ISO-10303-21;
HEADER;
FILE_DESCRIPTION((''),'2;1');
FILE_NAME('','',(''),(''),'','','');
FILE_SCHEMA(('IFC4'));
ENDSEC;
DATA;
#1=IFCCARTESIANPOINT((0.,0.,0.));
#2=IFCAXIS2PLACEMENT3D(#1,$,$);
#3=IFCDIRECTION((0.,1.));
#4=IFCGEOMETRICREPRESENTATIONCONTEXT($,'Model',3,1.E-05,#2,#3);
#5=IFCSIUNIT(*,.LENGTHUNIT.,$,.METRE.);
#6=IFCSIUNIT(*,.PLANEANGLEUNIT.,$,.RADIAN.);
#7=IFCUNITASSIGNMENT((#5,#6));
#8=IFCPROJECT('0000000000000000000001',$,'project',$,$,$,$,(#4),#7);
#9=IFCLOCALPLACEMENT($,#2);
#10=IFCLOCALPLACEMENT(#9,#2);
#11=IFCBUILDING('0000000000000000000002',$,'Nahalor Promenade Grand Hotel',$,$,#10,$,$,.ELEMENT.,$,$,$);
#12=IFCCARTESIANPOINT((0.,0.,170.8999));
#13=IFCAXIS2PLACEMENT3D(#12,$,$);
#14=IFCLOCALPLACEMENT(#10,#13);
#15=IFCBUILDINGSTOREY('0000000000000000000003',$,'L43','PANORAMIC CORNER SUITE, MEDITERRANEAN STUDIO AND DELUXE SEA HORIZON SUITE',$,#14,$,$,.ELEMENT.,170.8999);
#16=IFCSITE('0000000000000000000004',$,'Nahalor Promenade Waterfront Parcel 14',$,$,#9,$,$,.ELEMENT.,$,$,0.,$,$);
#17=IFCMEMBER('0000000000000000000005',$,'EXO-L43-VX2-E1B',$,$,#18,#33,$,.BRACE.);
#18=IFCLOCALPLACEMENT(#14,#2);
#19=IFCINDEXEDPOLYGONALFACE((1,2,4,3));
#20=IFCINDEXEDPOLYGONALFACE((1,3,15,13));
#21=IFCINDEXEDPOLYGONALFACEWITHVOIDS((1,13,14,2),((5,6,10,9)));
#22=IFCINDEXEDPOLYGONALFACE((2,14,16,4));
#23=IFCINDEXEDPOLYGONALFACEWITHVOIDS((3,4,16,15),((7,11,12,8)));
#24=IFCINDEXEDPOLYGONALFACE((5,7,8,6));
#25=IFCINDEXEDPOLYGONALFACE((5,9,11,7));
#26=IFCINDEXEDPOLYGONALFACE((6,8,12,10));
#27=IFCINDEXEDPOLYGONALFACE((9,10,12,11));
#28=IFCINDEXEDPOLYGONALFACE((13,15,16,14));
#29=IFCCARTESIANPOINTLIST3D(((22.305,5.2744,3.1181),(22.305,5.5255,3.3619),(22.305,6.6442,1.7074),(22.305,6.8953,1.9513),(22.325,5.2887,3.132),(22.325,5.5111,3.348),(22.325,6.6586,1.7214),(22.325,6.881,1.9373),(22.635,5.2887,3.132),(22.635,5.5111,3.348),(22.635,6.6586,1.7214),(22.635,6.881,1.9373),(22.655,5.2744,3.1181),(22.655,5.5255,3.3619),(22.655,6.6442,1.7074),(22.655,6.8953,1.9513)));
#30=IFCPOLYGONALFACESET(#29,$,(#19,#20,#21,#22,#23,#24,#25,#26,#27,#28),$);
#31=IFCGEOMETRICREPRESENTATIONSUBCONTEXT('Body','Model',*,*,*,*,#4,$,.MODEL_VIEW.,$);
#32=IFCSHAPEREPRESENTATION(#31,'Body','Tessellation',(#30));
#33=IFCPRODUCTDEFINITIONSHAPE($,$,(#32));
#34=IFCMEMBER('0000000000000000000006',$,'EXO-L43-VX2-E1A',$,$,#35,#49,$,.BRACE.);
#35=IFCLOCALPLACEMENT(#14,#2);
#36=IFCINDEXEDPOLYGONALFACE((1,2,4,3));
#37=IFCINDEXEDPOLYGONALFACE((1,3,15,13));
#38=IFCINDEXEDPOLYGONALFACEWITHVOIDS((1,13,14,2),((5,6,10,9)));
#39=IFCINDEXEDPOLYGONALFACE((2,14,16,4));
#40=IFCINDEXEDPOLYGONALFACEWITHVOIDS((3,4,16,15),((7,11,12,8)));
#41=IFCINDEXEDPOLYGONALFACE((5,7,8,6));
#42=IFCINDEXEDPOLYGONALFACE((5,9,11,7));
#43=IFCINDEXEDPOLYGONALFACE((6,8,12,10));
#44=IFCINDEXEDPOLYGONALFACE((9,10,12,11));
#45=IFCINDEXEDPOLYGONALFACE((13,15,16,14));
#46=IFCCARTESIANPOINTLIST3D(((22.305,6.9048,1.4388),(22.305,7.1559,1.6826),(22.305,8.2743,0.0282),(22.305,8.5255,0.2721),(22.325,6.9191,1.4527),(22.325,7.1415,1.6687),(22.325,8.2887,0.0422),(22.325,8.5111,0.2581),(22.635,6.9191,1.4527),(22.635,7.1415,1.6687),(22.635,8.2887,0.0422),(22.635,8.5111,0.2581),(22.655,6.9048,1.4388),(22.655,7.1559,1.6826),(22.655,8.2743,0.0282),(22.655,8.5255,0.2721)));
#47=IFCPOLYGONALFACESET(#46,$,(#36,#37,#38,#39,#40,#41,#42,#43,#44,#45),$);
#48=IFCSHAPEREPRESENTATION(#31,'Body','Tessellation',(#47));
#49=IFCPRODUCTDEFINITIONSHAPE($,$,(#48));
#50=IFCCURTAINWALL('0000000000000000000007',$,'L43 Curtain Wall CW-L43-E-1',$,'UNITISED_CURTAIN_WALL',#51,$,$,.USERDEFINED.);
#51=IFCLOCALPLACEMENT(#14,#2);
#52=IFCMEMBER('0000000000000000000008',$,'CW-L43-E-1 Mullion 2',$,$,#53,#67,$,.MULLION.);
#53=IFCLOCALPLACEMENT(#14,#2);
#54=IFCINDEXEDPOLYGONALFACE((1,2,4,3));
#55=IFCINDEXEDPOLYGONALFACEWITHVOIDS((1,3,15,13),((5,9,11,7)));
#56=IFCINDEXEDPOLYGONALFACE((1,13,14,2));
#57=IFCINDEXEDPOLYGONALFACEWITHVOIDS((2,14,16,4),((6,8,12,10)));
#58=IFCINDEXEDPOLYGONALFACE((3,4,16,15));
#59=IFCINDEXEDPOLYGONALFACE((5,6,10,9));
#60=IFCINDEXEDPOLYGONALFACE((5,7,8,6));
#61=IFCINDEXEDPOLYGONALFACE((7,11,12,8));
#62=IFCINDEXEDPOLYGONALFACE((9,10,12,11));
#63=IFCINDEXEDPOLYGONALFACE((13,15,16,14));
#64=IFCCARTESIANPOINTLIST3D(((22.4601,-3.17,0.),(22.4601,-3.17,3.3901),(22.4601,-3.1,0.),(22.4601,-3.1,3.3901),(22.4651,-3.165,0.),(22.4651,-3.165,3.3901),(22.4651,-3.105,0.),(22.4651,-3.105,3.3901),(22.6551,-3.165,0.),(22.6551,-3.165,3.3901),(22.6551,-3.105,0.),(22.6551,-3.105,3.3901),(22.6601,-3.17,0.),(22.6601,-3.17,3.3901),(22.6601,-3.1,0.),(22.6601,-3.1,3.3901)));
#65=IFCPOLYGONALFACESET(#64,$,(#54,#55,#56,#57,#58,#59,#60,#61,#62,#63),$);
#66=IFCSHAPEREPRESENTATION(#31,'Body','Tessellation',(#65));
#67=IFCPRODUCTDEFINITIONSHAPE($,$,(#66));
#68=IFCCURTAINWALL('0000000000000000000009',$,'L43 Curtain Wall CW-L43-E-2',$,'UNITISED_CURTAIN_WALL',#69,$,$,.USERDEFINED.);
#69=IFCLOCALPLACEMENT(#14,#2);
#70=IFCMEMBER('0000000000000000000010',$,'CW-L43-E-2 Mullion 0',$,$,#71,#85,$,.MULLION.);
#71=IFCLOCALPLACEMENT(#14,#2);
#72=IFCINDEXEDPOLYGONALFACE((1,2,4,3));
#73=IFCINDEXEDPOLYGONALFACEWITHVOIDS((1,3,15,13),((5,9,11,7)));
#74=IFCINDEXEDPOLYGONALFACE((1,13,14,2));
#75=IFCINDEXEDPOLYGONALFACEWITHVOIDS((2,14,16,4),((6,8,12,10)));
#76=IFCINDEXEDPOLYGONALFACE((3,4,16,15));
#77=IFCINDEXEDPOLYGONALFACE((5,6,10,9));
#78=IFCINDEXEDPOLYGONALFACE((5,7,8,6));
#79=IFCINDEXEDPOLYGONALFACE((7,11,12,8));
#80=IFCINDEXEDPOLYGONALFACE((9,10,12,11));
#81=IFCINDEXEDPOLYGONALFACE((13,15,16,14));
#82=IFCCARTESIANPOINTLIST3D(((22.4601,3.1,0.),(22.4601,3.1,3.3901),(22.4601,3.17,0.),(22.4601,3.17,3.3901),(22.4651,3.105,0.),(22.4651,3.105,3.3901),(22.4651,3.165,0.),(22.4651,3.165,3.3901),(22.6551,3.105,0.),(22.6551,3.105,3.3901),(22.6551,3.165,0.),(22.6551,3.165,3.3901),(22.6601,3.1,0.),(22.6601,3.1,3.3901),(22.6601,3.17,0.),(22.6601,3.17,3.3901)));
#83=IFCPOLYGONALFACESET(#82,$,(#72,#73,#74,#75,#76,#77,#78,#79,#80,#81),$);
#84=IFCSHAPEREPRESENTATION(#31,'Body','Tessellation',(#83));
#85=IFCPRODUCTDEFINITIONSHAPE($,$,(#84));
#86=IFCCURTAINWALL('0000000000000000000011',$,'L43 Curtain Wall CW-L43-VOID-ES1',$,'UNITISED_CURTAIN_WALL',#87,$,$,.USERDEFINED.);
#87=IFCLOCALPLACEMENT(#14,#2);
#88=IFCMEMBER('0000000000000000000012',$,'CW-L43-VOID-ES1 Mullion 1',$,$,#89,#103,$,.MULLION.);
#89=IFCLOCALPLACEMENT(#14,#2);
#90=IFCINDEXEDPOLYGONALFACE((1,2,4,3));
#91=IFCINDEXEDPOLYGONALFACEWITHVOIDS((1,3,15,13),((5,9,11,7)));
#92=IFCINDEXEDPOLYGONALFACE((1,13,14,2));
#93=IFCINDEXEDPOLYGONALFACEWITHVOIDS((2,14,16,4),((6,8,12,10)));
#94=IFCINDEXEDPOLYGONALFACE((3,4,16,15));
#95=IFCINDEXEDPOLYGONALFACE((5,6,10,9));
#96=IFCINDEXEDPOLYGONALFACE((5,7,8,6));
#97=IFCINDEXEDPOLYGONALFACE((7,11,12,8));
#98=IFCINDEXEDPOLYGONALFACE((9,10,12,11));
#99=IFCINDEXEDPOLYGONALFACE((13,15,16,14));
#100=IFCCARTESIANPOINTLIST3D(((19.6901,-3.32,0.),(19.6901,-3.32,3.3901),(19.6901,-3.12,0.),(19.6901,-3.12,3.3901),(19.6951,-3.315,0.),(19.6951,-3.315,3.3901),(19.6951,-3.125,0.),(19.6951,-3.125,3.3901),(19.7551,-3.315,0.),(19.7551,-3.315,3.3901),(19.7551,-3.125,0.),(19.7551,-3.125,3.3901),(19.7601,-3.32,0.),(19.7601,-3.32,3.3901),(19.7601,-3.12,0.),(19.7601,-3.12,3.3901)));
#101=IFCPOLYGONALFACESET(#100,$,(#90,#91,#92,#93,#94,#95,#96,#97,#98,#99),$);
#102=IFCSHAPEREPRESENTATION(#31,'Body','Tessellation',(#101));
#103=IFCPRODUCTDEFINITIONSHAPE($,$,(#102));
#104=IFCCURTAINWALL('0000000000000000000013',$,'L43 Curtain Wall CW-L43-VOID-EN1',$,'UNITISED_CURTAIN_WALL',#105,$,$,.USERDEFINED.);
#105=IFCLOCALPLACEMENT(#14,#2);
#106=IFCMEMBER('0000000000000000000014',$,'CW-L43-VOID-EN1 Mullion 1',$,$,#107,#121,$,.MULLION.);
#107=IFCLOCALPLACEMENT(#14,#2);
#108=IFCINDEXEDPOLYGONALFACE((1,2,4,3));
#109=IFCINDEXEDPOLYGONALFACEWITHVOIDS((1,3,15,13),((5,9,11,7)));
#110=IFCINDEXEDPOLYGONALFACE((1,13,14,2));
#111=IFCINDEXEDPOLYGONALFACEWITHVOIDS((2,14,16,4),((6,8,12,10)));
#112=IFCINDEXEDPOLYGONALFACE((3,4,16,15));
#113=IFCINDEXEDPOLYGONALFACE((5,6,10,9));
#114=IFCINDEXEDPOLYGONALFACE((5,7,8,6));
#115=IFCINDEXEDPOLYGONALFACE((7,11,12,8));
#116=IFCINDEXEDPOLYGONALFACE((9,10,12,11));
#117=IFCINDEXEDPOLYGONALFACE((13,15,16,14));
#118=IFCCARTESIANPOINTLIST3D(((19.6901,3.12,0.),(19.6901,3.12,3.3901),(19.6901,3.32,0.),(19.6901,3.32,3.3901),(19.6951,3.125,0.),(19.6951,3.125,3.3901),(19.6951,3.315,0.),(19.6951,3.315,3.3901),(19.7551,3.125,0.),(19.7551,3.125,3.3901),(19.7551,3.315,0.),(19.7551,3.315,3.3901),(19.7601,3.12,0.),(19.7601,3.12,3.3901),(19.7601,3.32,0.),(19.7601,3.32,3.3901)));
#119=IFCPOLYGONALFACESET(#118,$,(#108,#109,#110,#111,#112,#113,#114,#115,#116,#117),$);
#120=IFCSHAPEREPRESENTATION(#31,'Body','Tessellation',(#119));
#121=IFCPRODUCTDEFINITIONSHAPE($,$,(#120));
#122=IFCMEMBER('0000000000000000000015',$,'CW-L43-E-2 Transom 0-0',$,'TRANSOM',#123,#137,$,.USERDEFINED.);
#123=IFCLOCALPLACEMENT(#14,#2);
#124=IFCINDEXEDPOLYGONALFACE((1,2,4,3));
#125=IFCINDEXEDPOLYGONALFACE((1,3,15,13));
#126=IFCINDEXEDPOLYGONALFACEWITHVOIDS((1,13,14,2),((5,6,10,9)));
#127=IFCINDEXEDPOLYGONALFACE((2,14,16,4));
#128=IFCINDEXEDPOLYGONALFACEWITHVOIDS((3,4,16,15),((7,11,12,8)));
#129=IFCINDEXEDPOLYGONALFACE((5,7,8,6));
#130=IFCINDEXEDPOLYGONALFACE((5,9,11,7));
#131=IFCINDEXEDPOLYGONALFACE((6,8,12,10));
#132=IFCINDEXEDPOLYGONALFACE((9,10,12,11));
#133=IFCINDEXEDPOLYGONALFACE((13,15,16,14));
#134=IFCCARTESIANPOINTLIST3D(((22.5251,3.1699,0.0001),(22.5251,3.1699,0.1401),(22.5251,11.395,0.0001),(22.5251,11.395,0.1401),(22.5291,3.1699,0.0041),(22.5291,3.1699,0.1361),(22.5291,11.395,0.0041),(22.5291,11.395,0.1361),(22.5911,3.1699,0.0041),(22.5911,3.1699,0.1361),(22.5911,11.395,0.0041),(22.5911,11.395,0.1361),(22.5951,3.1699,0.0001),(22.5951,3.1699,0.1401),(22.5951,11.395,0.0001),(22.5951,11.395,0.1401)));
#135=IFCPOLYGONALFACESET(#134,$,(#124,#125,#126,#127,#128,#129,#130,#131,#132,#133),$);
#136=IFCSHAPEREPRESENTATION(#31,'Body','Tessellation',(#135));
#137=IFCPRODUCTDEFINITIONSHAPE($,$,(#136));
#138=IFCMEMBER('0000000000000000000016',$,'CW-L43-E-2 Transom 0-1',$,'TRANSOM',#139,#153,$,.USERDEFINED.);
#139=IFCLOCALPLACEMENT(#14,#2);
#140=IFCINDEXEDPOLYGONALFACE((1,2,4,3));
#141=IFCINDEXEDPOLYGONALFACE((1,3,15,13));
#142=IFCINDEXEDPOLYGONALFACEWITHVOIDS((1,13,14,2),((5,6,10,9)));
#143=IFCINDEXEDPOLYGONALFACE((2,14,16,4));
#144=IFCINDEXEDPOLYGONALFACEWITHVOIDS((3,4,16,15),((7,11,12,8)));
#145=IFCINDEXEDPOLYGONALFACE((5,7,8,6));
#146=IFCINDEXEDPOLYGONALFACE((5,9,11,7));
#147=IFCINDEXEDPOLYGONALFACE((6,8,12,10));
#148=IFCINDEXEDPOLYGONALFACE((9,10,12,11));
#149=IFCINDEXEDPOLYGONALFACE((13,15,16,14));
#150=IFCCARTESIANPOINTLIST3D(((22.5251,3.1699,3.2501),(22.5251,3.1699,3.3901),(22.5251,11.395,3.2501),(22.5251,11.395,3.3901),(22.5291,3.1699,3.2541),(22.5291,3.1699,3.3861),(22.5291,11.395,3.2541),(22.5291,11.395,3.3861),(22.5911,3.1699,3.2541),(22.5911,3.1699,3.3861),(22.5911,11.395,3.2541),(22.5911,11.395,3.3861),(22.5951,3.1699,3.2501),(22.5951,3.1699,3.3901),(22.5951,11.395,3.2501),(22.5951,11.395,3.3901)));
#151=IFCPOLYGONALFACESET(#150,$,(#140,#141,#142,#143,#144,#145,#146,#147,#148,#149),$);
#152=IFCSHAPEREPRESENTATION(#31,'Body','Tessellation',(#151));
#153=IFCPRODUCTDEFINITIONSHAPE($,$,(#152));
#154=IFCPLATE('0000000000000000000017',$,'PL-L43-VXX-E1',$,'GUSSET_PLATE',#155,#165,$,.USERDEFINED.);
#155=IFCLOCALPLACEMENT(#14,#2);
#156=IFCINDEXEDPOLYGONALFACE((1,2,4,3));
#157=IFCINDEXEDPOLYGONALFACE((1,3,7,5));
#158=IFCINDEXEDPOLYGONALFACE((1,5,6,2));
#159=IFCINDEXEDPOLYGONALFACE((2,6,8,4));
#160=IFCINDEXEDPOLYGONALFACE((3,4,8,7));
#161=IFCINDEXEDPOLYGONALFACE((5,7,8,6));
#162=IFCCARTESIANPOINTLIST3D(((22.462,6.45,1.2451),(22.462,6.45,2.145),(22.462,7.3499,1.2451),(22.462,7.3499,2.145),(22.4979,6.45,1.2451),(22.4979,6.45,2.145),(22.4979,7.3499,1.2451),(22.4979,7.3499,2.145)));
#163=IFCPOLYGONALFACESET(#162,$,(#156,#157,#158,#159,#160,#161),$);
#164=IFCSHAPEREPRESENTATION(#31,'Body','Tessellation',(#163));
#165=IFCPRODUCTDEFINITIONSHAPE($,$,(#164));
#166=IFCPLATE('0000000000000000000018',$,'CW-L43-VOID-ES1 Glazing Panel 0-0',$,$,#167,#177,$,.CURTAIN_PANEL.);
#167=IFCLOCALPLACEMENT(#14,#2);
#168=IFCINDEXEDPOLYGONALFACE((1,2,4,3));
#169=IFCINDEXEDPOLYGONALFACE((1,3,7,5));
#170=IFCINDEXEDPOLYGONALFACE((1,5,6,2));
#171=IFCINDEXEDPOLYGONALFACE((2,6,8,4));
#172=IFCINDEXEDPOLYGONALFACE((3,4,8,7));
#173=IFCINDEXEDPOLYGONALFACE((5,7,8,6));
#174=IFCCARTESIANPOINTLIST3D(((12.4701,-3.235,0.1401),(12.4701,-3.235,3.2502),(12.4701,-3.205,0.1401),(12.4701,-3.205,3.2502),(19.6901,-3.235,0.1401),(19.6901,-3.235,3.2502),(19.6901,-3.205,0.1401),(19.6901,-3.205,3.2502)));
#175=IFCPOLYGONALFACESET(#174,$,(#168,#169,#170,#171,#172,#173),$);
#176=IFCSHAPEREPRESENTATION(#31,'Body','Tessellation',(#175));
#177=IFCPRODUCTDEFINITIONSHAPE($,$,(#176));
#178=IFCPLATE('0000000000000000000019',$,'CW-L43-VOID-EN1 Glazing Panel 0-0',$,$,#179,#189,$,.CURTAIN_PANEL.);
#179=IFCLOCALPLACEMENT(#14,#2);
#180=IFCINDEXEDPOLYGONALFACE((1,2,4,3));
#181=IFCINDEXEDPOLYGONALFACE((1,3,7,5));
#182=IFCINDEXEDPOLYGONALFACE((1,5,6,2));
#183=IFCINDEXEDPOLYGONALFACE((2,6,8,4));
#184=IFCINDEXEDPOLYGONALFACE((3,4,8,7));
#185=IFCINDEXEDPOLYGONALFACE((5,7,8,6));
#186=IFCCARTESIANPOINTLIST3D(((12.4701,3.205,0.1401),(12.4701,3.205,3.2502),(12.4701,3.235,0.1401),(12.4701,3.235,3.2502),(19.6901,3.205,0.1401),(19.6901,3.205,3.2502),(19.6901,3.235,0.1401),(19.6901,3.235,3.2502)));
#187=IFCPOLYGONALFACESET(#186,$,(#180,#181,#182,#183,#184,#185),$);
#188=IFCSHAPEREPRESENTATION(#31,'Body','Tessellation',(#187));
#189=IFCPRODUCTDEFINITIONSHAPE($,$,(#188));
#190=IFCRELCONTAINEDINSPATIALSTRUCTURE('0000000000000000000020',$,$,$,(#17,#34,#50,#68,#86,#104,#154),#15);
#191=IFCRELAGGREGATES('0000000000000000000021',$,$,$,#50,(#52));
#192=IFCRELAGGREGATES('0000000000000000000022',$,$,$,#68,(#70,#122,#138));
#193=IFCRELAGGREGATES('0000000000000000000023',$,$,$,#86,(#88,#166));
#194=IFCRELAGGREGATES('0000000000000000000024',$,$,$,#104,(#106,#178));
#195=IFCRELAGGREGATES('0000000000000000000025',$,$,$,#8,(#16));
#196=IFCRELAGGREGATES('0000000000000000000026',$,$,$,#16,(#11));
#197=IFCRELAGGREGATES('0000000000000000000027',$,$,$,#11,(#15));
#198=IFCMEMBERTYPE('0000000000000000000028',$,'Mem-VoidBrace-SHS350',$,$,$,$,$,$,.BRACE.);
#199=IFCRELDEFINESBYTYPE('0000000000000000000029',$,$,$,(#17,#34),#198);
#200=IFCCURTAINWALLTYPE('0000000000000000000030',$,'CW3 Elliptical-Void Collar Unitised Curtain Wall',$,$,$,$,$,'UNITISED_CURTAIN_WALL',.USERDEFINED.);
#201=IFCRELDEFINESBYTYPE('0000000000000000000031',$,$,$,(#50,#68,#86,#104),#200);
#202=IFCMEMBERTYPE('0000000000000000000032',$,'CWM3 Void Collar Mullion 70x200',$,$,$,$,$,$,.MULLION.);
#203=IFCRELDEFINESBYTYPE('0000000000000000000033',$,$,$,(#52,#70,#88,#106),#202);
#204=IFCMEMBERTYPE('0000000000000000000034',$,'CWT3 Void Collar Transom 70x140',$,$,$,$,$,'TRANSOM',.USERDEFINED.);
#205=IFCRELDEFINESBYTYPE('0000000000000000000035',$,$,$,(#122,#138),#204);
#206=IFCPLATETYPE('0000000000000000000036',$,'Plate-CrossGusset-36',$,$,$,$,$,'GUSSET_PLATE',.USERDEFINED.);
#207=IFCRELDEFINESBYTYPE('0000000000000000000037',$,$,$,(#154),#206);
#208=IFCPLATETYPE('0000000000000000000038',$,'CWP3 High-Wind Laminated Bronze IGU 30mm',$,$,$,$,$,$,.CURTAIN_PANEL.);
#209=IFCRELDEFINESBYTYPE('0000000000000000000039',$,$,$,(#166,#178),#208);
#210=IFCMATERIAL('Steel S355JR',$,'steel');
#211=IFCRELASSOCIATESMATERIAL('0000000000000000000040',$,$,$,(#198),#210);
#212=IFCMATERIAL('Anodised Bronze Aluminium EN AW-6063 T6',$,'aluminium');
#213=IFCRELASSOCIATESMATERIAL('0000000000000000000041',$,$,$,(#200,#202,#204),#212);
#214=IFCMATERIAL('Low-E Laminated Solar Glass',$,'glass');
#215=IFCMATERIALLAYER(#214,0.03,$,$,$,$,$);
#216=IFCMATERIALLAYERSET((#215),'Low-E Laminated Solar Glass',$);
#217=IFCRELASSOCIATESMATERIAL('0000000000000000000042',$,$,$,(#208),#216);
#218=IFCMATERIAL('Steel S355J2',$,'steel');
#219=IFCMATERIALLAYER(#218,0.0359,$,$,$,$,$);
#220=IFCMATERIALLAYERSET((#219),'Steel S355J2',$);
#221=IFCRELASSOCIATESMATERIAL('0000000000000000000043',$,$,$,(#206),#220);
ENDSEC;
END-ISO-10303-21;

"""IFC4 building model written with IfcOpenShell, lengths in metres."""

from ifc_helpers import new_model, si_unit, direction, frame, origin, origin_2d, place, context, subcontext, project, spatial, rectangle, hollow_rectangle, extrude, source, transform, mapped, material, layer, layer_set, material_profile, profile_set, type_object, element, aggregate, save


model = new_model("IFC4")

# Units and contexts
model_context = context("Model", 3, precision=1e-05, world=origin(), true_north=direction((0.0, 1.0)))
body_context = subcontext(model_context, "Body", "Model", "MODEL_VIEW")
ifc_project = project(units=[si_unit("LENGTHUNIT", "METRE"), si_unit("PLANEANGLEUNIT", "RADIAN")], contexts=[model_context])

# Site, building, storey
site_placement = place(None, origin())
site = spatial("IfcSite", under=ifc_project, at=site_placement, Name="Nahalor Promenade Waterfront Parcel 14", CompositionType="ELEMENT", RefElevation=0.0)
building_placement = place(site_placement, origin())
building = spatial("IfcBuilding", under=site, at=building_placement, Name="Nahalor Promenade Grand Hotel", CompositionType="ELEMENT")
storey_placement = place(building_placement, frame((0.0, 0.0, 170.8999)))
storey = spatial("IfcBuildingStorey", under=building, at=storey_placement, Name="L43", Description="PANORAMIC CORNER SUITE, MEDITERRANEAN STUDIO AND DELUXE SEA HORIZON SUITE", CompositionType="ELEMENT", Elevation=170.8999)

# Shared definitions
ifc_material_1 = material(Name="Steel S355J2", Category="steel")

# Shared definitions
ifc_material_2 = material(Name="Steel S355JR", Category="steel")

# Members
ifc_material_profile_1 = material_profile(ifc_material_2, hollow_rectangle(XDim=0.35, YDim=0.35, WallThickness=0.02, at=origin_2d()), Name="SHS 350x350x20")
ifc_profile_set_1 = profile_set([ifc_material_profile_1], Name="Steel S355JR")
member_type_1 = type_object("IfcMemberType", Name="Mem-VoidBrace-SHS350", PredefinedType="BRACE", material=ifc_profile_set_1)
shared_shape_1 = source(origin(), body_context, "Body", "SweptSolid", [
    extrude(hollow_rectangle(XDim=0.35, YDim=0.35, WallThickness=0.02, at=origin_2d()), origin(), (0.0, 0.0, 1.0), 1.9663),
])
member_1_placement = place(storey_placement, frame((22.48, 6.7698, 1.8293), z_axis=(0.0, -0.696663, 0.717398), x_axis=(1.0, 0.0, 0.0)))
element("IfcMember", 1, at=member_1_placement, inside=storey, type_object=member_type_1, Name="EXO-L43-VX2-E1B", PredefinedType="BRACE", context=body_context, shape_type="MappedRepresentation", body=[
    mapped(shared_shape_1, transform((0.0, 0.0, 0.0), scale=1.0)),
])
shared_shape_2 = source(origin(), body_context, "Body", "SweptSolid", [
    extrude(hollow_rectangle(XDim=0.35, YDim=0.35, WallThickness=0.02, at=origin_2d()), origin(), (0.0, 0.0, 1.0), 1.9661),
])
member_2_placement = place(storey_placement, frame((22.48, 8.3999, 0.1501), z_axis=(0.0, -0.696599, 0.71746), x_axis=(1.0, 0.0, 0.0)))
element("IfcMember", 2, at=member_2_placement, inside=storey, type_object=member_type_1, Name="EXO-L43-VX2-E1A", PredefinedType="BRACE", context=body_context, shape_type="MappedRepresentation", body=[
    mapped(shared_shape_2, transform((0.0, 0.0, 0.0), scale=1.0)),
])

# Curtain walls, members
ifc_material_3 = material(Name="Anodised Bronze Aluminium EN AW-6063 T6", Category="aluminium")
curtain_wall_type = type_object("IfcCurtainWallType", Name="CW3 Elliptical-Void Collar Unitised Curtain Wall", ElementType="UNITISED_CURTAIN_WALL", PredefinedType="USERDEFINED", material=ifc_material_3)
curtain_wall_1_placement = place(storey_placement, origin())
curtain_wall_1 = element("IfcCurtainWall", 3, at=curtain_wall_1_placement, inside=storey, type_object=curtain_wall_type, Name="L43 Curtain Wall CW-L43-E-1", ObjectType="UNITISED_CURTAIN_WALL", PredefinedType="USERDEFINED")
ifc_material_profile_2 = material_profile(ifc_material_3, hollow_rectangle(XDim=0.07, YDim=0.2, WallThickness=0.005, at=origin_2d()), Name="CWM 70x200x5")
ifc_profile_set_2 = profile_set([ifc_material_profile_2], Name="Anodised Bronze Aluminium EN AW-6063 T6")
member_type_2 = type_object("IfcMemberType", Name="CWM3 Void Collar Mullion 70x200", PredefinedType="MULLION", material=ifc_profile_set_2)
shared_shape_3 = source(origin(), body_context, "Body", "SweptSolid", [
    extrude(hollow_rectangle(XDim=0.07, YDim=0.2, WallThickness=0.005, at=origin_2d()), origin(), (0.0, 0.0, 1.0), 3.3901),
])
member_3_placement = place(storey_placement, frame((22.5601, -3.135, 0.0), z_axis=(0.0, 0.0, 1.0), x_axis=(0.0, 1.0, 0.0)))
member_3 = element("IfcMember", 4, at=member_3_placement, type_object=member_type_2, Name="CW-L43-E-1 Mullion 2", PredefinedType="MULLION", context=body_context, shape_type="MappedRepresentation", body=[
    mapped(shared_shape_3, transform((0.0, 0.0, 0.0), scale=1.0)),
])
aggregate(curtain_wall_1, [member_3])
curtain_wall_2_placement = place(storey_placement, origin())
curtain_wall_2 = element("IfcCurtainWall", 5, at=curtain_wall_2_placement, inside=storey, type_object=curtain_wall_type, Name="L43 Curtain Wall CW-L43-E-2", ObjectType="UNITISED_CURTAIN_WALL", PredefinedType="USERDEFINED")
member_4_placement = place(storey_placement, frame((22.5601, 3.135, 0.0), z_axis=(0.0, 0.0, 1.0), x_axis=(0.0, 1.0, 0.0)))
member_4 = element("IfcMember", 6, at=member_4_placement, type_object=member_type_2, Name="CW-L43-E-2 Mullion 0", PredefinedType="MULLION", context=body_context, shape_type="MappedRepresentation", body=[
    mapped(shared_shape_3, transform((0.0, 0.0, 0.0), scale=1.0)),
])
curtain_wall_3_placement = place(storey_placement, origin())
curtain_wall_3 = element("IfcCurtainWall", 7, at=curtain_wall_3_placement, inside=storey, type_object=curtain_wall_type, Name="L43 Curtain Wall CW-L43-VOID-ES1", ObjectType="UNITISED_CURTAIN_WALL", PredefinedType="USERDEFINED")
member_5_placement = place(storey_placement, frame((19.7251, -3.22, 0.0), z_axis=(0.0, 0.0, 1.0), x_axis=(1.0, 0.0, 0.0)))
member_5 = element("IfcMember", 8, at=member_5_placement, type_object=member_type_2, Name="CW-L43-VOID-ES1 Mullion 1", PredefinedType="MULLION", context=body_context, shape_type="MappedRepresentation", body=[
    mapped(shared_shape_3, transform((0.0, 0.0, 0.0), scale=1.0)),
])
curtain_wall_4_placement = place(storey_placement, origin())
curtain_wall_4 = element("IfcCurtainWall", 9, at=curtain_wall_4_placement, inside=storey, type_object=curtain_wall_type, Name="L43 Curtain Wall CW-L43-VOID-EN1", ObjectType="UNITISED_CURTAIN_WALL", PredefinedType="USERDEFINED")
member_6_placement = place(storey_placement, frame((19.7251, 3.22, 0.0), z_axis=(0.0, 0.0, 1.0), x_axis=(1.0, 0.0, 0.0)))
member_6 = element("IfcMember", 10, at=member_6_placement, type_object=member_type_2, Name="CW-L43-VOID-EN1 Mullion 1", PredefinedType="MULLION", context=body_context, shape_type="MappedRepresentation", body=[
    mapped(shared_shape_3, transform((0.0, 0.0, 0.0), scale=1.0)),
])

# Members
ifc_material_profile_3 = material_profile(ifc_material_3, hollow_rectangle(XDim=0.07, YDim=0.14, WallThickness=0.004, at=origin_2d()), Name="CWT 70x140x4")
ifc_profile_set_3 = profile_set([ifc_material_profile_3], Name="Anodised Bronze Aluminium EN AW-6063 T6")
member_type_3 = type_object("IfcMemberType", Name="CWT3 Void Collar Transom 70x140", ElementType="TRANSOM", PredefinedType="USERDEFINED", material=ifc_profile_set_3)
shared_shape_4 = source(origin(), body_context, "Body", "SweptSolid", [
    extrude(hollow_rectangle(XDim=0.07, YDim=0.14, WallThickness=0.004, at=origin_2d()), origin(), (0.0, 0.0, 1.0), 8.2251),
])
member_7_placement = place(storey_placement, frame((22.5601, 3.1699, 0.0701), z_axis=(0.0, 1.0, 0.0), x_axis=(-1.0, 0.0, 0.0)))
member_7 = element("IfcMember", 11, at=member_7_placement, type_object=member_type_3, Name="CW-L43-E-2 Transom 0-0", ObjectType="TRANSOM", PredefinedType="USERDEFINED", context=body_context, shape_type="MappedRepresentation", body=[
    mapped(shared_shape_4, transform((0.0, 0.0, 0.0), scale=1.0)),
])
member_8_placement = place(storey_placement, frame((22.5601, 3.1699, 3.3201), z_axis=(0.0, 1.0, 0.0), x_axis=(-1.0, 0.0, 0.0)))
member_8 = element("IfcMember", 12, at=member_8_placement, type_object=member_type_3, Name="CW-L43-E-2 Transom 0-1", ObjectType="TRANSOM", PredefinedType="USERDEFINED", context=body_context, shape_type="MappedRepresentation", body=[
    mapped(shared_shape_4, transform((0.0, 0.0, 0.0), scale=1.0)),
])

# Plates
ifc_material_4 = material(Name="Low-E Laminated Solar Glass", Category="glass")
ifc_layer_1 = layer(ifc_material_4, 0.03)
ifc_layer_set_1 = layer_set([ifc_layer_1], Name="Low-E Laminated Solar Glass")
plate_type_1 = type_object("IfcPlateType", Name="CWP3 High-Wind Laminated Bronze IGU 30mm", PredefinedType="CURTAIN_PANEL", material=ifc_layer_set_1)
aggregate(curtain_wall_2, [member_4, member_7, member_8])
ifc_layer_2 = layer(ifc_material_1, 0.0359)
ifc_layer_set_2 = layer_set([ifc_layer_2], Name="Steel S355J2")
plate_type_2 = type_object("IfcPlateType", Name="Plate-CrossGusset-36", ElementType="GUSSET_PLATE", PredefinedType="USERDEFINED", material=ifc_layer_set_2)
shared_shape_5 = source(origin(), body_context, "Body", "SweptSolid", [
    extrude(rectangle(XDim=0.8999, YDim=0.0359, at=origin_2d()), origin(), (0.0, 0.0, 1.0), 0.8999),
])
plate_1_placement = place(storey_placement, frame((22.48, 6.8999, 1.2451), z_axis=(0.0, 0.0, 1.0), x_axis=(0.0, 1.0, 0.0)))
element("IfcPlate", 13, at=plate_1_placement, inside=storey, type_object=plate_type_2, Name="PL-L43-VXX-E1", ObjectType="GUSSET_PLATE", PredefinedType="USERDEFINED", context=body_context, shape_type="MappedRepresentation", body=[
    mapped(shared_shape_5, transform((0.0, 0.0, 0.0), scale=1.0)),
])
shared_shape_6 = source(origin(), body_context, "Body", "SweptSolid", [
    extrude(rectangle(XDim=7.22, YDim=0.03, at=origin_2d()), origin(), (0.0, 0.0, 1.0), 3.1101),
])
plate_2_placement = place(storey_placement, frame((16.0801, -3.22, 0.1401), z_axis=(0.0, 0.0, 1.0), x_axis=(1.0, 0.0, 0.0)))
plate_2 = element("IfcPlate", 14, at=plate_2_placement, type_object=plate_type_1, Name="CW-L43-VOID-ES1 Glazing Panel 0-0", PredefinedType="CURTAIN_PANEL", context=body_context, shape_type="MappedRepresentation", body=[
    mapped(shared_shape_6, transform((0.0, 0.0, 0.0), scale=1.0)),
])
aggregate(curtain_wall_3, [member_5, plate_2])
plate_3_placement = place(storey_placement, frame((16.0801, 3.22, 0.1401), z_axis=(0.0, 0.0, 1.0), x_axis=(1.0, 0.0, 0.0)))
plate_3 = element("IfcPlate", 15, at=plate_3_placement, type_object=plate_type_1, Name="CW-L43-VOID-EN1 Glazing Panel 0-0", PredefinedType="CURTAIN_PANEL", context=body_context, shape_type="MappedRepresentation", body=[
    mapped(shared_shape_6, transform((0.0, 0.0, 0.0), scale=1.0)),
])
aggregate(curtain_wall_4, [member_6, plate_3])

save(model, "model.ifc")
